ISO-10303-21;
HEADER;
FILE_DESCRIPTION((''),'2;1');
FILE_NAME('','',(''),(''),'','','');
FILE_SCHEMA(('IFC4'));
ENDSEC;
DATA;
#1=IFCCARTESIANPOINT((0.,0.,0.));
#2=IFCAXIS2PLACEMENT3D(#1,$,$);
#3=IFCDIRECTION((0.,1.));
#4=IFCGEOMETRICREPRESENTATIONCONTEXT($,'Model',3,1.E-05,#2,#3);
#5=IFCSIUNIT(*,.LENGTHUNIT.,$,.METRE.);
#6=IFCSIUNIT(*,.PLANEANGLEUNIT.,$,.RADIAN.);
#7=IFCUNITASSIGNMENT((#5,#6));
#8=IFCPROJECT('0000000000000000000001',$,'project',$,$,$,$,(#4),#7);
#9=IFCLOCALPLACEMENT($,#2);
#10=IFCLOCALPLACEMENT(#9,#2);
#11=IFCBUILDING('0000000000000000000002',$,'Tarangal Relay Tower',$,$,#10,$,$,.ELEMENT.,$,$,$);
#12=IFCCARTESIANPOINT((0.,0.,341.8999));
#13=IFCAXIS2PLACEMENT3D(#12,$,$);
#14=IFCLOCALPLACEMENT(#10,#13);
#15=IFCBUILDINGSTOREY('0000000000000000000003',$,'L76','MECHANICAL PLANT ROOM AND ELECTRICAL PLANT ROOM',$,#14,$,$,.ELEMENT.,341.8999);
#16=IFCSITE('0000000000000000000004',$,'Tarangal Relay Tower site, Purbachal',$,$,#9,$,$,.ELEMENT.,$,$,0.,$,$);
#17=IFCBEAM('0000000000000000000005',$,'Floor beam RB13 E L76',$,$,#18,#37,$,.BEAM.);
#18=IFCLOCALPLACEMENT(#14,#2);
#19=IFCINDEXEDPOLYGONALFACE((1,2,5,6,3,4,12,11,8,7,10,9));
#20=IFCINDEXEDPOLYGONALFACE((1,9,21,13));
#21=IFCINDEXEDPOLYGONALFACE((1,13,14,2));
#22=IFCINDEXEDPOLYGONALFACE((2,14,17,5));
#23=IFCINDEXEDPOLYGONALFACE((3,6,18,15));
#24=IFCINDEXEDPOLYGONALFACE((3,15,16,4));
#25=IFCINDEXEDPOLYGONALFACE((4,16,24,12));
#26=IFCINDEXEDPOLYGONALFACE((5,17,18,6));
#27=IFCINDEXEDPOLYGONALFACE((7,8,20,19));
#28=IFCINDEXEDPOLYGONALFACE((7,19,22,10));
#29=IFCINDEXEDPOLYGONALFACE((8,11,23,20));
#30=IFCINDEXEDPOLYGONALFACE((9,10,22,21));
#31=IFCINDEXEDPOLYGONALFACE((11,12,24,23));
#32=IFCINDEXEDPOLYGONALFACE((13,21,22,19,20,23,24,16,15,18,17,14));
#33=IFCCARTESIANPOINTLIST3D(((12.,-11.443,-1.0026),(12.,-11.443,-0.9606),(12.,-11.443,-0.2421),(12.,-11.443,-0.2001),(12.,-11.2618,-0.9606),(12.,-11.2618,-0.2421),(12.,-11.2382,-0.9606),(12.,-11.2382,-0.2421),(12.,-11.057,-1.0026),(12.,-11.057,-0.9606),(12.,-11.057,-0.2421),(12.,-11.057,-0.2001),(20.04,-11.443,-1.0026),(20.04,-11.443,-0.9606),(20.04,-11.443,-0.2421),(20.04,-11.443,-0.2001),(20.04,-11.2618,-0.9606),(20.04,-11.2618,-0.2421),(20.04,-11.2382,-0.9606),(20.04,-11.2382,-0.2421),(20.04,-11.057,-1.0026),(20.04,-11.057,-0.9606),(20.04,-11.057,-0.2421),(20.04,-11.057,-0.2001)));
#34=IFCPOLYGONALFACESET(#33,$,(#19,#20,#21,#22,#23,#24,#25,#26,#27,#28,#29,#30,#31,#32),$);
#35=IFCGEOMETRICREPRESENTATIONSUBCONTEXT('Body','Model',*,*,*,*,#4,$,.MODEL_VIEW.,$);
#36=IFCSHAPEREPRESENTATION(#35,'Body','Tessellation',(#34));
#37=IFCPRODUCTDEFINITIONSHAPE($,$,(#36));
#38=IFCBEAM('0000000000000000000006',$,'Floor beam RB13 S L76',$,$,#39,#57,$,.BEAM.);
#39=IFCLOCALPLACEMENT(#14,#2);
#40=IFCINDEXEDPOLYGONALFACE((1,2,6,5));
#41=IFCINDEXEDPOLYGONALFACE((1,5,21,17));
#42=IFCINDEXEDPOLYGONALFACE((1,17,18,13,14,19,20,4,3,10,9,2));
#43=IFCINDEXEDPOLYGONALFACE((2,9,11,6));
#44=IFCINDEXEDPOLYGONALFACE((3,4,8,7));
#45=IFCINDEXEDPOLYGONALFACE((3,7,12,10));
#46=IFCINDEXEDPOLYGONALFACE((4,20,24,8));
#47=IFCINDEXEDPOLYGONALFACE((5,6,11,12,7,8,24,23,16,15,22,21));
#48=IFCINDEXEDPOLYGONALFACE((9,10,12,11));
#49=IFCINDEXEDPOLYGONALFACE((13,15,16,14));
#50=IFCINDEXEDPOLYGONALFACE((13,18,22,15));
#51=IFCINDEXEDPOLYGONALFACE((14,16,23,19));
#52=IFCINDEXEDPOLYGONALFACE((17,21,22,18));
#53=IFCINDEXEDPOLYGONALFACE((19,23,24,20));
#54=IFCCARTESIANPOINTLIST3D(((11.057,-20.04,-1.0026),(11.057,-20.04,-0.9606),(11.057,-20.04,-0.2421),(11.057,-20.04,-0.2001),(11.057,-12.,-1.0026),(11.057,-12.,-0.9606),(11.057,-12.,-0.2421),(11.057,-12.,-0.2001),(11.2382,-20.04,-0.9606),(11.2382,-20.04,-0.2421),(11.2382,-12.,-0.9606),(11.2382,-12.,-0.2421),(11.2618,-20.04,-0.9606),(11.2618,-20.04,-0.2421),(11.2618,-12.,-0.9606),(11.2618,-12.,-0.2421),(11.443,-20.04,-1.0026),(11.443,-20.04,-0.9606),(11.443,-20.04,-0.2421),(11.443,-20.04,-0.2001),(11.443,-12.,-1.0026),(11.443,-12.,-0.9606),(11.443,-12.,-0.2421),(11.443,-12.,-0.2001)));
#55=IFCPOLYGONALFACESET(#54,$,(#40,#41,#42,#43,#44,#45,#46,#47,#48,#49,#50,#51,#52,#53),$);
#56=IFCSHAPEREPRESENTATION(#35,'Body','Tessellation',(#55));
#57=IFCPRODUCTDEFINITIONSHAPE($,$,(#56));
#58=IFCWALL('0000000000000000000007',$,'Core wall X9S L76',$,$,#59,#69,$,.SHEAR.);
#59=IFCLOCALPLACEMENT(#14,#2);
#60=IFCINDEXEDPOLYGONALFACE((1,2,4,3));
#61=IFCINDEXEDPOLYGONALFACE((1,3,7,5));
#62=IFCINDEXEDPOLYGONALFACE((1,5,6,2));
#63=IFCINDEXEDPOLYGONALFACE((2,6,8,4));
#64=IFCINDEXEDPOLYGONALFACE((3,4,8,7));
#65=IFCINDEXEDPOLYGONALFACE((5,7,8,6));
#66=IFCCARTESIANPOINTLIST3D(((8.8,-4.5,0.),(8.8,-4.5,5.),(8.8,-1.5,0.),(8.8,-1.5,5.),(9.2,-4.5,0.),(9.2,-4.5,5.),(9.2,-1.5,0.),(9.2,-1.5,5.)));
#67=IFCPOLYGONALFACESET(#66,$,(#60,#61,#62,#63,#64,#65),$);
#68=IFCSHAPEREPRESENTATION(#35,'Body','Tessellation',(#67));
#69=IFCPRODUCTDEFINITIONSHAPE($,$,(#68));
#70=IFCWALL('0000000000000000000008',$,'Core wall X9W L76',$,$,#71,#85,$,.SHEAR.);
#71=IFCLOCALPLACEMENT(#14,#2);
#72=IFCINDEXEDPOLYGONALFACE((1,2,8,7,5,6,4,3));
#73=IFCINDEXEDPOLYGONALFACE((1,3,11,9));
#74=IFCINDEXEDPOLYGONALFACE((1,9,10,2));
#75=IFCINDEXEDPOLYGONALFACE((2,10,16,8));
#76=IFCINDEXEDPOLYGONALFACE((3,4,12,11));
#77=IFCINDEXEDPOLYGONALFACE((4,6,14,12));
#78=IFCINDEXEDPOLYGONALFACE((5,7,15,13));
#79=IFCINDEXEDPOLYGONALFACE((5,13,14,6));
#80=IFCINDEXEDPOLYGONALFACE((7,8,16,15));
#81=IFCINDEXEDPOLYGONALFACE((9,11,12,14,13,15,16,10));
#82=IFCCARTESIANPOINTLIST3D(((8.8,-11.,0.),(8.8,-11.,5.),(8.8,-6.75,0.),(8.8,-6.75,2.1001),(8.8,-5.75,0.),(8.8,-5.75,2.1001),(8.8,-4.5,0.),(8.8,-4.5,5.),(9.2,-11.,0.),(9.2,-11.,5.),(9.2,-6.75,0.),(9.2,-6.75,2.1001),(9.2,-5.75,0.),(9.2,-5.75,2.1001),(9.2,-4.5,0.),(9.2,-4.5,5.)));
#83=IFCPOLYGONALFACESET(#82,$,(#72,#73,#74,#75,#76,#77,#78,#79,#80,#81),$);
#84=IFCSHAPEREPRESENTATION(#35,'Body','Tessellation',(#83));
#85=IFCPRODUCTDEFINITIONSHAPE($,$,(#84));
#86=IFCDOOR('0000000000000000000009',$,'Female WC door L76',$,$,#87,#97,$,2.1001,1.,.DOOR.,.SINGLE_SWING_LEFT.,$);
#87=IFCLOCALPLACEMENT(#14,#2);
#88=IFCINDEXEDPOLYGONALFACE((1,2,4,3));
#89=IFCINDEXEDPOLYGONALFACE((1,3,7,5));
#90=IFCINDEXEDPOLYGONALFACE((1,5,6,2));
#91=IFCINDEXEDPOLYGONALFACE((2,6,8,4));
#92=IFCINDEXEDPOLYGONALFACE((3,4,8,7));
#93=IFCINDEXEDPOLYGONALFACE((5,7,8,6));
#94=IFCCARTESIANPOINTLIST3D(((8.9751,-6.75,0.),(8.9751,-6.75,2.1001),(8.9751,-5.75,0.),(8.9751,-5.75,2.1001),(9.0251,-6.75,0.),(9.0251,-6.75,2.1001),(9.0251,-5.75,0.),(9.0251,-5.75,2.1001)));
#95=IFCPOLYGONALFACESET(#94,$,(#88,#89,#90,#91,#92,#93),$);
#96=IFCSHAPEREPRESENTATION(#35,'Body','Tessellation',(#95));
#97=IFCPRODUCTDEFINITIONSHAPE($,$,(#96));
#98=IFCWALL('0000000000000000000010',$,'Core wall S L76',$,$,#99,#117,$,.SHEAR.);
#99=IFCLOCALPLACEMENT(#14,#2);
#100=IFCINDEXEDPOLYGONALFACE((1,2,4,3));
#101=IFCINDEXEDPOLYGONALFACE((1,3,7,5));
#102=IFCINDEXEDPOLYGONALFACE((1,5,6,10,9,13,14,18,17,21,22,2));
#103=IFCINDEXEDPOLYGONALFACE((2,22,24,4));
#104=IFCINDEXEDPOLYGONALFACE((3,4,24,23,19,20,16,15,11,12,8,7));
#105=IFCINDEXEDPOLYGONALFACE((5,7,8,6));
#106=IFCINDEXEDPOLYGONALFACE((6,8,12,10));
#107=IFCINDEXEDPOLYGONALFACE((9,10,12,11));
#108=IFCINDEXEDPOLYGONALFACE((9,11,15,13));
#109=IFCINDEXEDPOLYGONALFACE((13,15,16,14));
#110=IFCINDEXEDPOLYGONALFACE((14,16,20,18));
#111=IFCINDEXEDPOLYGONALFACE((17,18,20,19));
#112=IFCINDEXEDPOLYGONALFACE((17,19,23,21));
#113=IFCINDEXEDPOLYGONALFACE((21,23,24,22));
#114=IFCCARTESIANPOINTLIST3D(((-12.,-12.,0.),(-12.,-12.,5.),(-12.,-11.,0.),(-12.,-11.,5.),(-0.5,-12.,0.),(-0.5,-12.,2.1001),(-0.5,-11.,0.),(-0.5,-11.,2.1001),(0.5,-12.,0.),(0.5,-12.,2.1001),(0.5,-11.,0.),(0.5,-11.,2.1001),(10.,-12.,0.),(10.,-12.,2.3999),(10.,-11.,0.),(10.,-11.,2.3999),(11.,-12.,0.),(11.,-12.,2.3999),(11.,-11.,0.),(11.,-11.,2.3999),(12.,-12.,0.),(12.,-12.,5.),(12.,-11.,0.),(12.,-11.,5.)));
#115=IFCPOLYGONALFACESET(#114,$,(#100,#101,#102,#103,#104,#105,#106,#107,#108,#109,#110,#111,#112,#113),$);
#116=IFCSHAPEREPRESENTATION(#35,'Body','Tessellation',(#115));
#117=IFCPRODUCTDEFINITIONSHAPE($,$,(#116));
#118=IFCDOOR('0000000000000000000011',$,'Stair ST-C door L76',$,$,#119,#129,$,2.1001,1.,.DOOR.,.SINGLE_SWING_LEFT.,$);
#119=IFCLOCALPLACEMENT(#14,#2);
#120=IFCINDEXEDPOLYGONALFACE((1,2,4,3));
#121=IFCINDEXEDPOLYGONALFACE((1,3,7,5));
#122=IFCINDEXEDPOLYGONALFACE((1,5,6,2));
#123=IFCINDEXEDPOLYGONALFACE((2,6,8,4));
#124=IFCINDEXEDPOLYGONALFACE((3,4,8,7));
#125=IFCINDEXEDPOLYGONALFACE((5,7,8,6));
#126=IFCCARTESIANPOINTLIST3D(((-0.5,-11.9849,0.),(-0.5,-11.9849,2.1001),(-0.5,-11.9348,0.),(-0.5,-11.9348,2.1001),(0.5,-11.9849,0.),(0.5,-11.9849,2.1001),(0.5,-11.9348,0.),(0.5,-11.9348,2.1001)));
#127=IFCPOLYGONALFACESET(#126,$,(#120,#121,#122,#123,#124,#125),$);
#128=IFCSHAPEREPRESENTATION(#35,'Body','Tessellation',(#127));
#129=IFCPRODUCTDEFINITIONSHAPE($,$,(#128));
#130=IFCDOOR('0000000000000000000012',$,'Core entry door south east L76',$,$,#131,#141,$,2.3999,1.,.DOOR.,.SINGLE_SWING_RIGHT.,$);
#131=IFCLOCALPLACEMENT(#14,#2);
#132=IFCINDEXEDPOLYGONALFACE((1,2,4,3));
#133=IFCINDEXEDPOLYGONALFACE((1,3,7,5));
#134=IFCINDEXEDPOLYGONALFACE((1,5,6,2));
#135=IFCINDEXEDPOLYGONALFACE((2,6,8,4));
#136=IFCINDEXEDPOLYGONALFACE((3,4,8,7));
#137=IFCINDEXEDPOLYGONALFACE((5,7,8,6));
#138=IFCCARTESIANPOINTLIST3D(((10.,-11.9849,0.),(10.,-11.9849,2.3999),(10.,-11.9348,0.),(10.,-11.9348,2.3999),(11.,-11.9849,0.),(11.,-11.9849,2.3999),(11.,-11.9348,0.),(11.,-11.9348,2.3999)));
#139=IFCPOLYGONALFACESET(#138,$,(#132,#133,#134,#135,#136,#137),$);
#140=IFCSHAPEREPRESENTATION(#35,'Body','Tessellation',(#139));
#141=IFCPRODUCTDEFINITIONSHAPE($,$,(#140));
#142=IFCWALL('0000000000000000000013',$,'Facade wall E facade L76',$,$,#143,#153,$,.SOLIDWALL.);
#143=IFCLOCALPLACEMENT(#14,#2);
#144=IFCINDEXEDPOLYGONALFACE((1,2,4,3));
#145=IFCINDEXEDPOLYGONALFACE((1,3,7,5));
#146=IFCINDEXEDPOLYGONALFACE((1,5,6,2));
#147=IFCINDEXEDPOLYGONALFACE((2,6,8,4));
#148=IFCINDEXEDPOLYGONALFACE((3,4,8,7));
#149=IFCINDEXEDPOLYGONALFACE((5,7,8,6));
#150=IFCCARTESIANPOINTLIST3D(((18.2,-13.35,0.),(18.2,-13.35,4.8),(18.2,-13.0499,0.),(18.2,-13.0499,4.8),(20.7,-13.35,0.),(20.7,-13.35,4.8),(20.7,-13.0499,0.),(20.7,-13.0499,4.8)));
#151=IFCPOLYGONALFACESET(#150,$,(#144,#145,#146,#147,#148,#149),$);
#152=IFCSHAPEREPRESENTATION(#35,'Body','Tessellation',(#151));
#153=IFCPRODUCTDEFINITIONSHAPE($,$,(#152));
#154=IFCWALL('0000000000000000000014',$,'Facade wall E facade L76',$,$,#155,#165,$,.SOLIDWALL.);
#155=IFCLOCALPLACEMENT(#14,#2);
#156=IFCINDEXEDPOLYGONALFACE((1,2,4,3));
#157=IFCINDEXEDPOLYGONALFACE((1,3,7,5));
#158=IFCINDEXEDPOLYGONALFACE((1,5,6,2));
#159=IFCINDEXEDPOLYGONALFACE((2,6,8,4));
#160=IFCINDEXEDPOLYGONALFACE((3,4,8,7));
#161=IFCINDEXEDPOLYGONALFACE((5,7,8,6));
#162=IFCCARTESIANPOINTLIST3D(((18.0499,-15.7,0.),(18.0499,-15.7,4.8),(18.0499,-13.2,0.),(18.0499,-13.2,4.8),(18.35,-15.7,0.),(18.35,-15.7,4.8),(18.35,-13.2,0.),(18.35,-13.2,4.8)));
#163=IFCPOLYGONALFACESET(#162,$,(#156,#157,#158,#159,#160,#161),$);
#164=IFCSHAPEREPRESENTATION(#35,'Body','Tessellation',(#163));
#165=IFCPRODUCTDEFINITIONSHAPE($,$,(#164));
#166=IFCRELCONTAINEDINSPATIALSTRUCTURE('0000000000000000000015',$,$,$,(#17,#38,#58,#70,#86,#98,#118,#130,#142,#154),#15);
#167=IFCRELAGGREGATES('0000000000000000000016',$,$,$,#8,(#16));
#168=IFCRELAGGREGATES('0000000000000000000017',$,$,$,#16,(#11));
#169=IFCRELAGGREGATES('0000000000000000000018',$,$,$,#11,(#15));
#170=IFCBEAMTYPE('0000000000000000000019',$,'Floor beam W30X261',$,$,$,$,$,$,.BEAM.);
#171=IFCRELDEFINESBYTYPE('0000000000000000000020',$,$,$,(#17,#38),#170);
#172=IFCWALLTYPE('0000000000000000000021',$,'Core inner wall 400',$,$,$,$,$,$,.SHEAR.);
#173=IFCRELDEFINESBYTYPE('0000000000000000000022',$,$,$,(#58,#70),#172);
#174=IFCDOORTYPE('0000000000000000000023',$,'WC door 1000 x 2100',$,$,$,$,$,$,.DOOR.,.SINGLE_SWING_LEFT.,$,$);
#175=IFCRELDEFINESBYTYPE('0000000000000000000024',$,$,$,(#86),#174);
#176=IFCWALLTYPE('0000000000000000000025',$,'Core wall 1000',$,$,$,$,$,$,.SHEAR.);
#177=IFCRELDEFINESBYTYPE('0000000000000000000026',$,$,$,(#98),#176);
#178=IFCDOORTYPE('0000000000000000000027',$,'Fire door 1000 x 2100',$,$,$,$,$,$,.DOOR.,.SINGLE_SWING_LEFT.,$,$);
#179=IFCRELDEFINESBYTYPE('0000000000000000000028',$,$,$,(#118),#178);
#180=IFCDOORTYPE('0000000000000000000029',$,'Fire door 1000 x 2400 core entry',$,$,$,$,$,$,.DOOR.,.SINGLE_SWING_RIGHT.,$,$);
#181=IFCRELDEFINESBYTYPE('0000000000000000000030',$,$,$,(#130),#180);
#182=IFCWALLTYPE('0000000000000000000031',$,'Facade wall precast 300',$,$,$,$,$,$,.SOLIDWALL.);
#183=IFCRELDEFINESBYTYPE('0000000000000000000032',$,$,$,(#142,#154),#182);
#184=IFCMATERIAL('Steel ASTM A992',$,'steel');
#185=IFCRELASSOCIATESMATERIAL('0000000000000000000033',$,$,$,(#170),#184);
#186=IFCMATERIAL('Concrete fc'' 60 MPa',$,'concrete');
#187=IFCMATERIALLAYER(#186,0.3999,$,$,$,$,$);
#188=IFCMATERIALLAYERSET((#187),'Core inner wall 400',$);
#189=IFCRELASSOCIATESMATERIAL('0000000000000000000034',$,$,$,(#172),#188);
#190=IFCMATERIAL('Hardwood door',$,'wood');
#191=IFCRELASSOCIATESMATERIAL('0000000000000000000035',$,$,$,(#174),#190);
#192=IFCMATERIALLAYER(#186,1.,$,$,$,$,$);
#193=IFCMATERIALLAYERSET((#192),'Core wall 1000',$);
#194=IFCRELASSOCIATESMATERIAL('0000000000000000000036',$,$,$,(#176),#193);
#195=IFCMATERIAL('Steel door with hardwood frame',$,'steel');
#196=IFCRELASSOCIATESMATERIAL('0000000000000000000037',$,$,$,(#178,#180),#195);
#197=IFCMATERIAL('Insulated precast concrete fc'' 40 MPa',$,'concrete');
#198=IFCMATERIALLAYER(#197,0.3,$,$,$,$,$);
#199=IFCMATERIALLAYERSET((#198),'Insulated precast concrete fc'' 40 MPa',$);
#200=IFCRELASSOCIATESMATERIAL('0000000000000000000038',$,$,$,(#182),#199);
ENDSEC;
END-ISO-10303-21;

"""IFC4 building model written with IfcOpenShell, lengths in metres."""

from ifc_helpers import new_model, si_unit, direction, frame, frame_2d, origin, origin_2d, place, context, subcontext, project, spatial, rectangle, i_section, extrude, material, layer, layer_set, material_profile, profile_set, type_object, element, fill, save


model = new_model("IFC4")

# Units and contexts
model_context = context("Model", 3, precision=1e-05, world=origin(), true_north=direction((0.0, 1.0)))
body_context = subcontext(model_context, "Body", "Model", "MODEL_VIEW")
ifc_project = project(units=[si_unit("LENGTHUNIT", "METRE"), si_unit("PLANEANGLEUNIT", "RADIAN")], contexts=[model_context])

# Site, building, storey
site_placement = place(None, origin())
site = spatial("IfcSite", under=ifc_project, at=site_placement, Name="Tarangal Relay Tower site, Purbachal", CompositionType="ELEMENT", RefElevation=0.0)
building_placement = place(site_placement, origin())
building = spatial("IfcBuilding", under=site, at=building_placement, Name="Tarangal Relay Tower", CompositionType="ELEMENT")
storey_placement = place(building_placement, frame((0.0, 0.0, 341.8999)))
storey = spatial("IfcBuildingStorey", under=building, at=storey_placement, Name="L76", Description="MECHANICAL PLANT ROOM AND ELECTRICAL PLANT ROOM", CompositionType="ELEMENT", Elevation=341.8999)

# Beams
ifc_material_1 = material(Name="Steel ASTM A992", Category="steel")
ifc_material_profile_1 = material_profile(ifc_material_1, i_section(OverallWidth=0.386, OverallDepth=0.8025, WebThickness=0.0237, FlangeThickness=0.042, at=origin_2d()), Name="W30X261")
ifc_profile_set_1 = profile_set([ifc_material_profile_1], Name="Steel ASTM A992")
beam_type_1 = type_object("IfcBeamType", Name="Floor beam W30X261", PredefinedType="BEAM", material=ifc_profile_set_1)
for number, where, z_axis, x_axis, name in (
    (1, (12.0, -11.25, -0.6013), (1.0, 0.0, 0.0), (0.0, 1.0, 0.0), "Floor beam RB13 E L76"),
    (2, (11.25, -12.0, -0.6013), (0.0, -1.0, 0.0), (1.0, 0.0, 0.0), "Floor beam RB13 S L76"),
):
    element("IfcBeam", number, at=place(storey_placement, frame(where, z_axis=z_axis, x_axis=x_axis)), inside=storey, type_object=beam_type_1, Name=name, PredefinedType="BEAM", context=body_context, shape_type="SweptSolid", body=[
        extrude(i_section(OverallWidth=0.386, OverallDepth=0.8025, WebThickness=0.0237, FlangeThickness=0.042, at=origin_2d()), origin(), (0.0, 0.0, 1.0), 8.04),
    ])

# Wall
ifc_material_2 = material(Name="Concrete fc' 60 MPa", Category="concrete")
ifc_layer_1 = layer(ifc_material_2, 0.3999)
ifc_layer_set_1 = layer_set([ifc_layer_1], Name="Core inner wall 400")
wall_type_1 = type_object("IfcWallType", Name="Core inner wall 400", PredefinedType="SHEAR", material=ifc_layer_set_1)
wall_1_placement = place(storey_placement, frame((9.0, -4.5, 0.0), z_axis=(0.0, 0.0, 1.0), x_axis=(0.0, 1.0, 0.0)))
element("IfcWall", 3, at=wall_1_placement, inside=storey, type_object=wall_type_1, Name="Core wall X9S L76", PredefinedType="SHEAR", context=body_context, shape_type="SweptSolid", body=[
    extrude(rectangle(XDim=3.0, YDim=0.3999, at=frame_2d((1.5, 0.0))), origin(), (0.0, 0.0, 1.0), 5.0),
])

# Wall, opening, door
wall_2_placement = place(storey_placement, frame((9.0, -11.0, 0.0), z_axis=(0.0, 0.0, 1.0), x_axis=(0.0, 1.0, 0.0)))
wall_2 = element("IfcWall", 4, at=wall_2_placement, inside=storey, type_object=wall_type_1, Name="Core wall X9W L76", PredefinedType="SHEAR", context=body_context, shape_type="SweptSolid", body=[
    extrude(rectangle(XDim=6.5, YDim=0.3999, at=frame_2d((3.25, 0.0))), origin(), (0.0, 0.0, 1.0), 5.0),
])
opening_1_placement = place(wall_2_placement, frame((4.25, 0.0, 0.0)))
opening_1 = element("IfcOpeningElement", 5, at=opening_1_placement, cuts=wall_2, PredefinedType="OPENING", context=body_context, shape_type="SweptSolid", body=[
    extrude(rectangle(XDim=1.0, YDim=2.1001, at=frame_2d((0.5, 1.05))), frame((0.0, 0.21, 0.0), z_axis=(0.0, -1.0, 0.0), x_axis=(1.0, 0.0, 0.0)), (0.0, 0.0, 1.0), 0.4199),
])
ifc_material_3 = material(Name="Hardwood door", Category="wood")
door_type_1 = type_object("IfcDoorType", Name="WC door 1000 x 2100", OperationType="SINGLE_SWING_LEFT", PredefinedType="DOOR", material=ifc_material_3)
door_1_placement = place(opening_1_placement, origin())
door_1 = element("IfcDoor", 6, at=door_1_placement, inside=storey, type_object=door_type_1, Name="Female WC door L76", OperationType="SINGLE_SWING_LEFT", OverallHeight=2.1001, OverallWidth=1.0, PredefinedType="DOOR", context=body_context, shape_type="SweptSolid", body=[
    extrude(rectangle(XDim=1.0, YDim=2.1001, at=frame_2d((0.5, 1.05))), frame((0.0, 0.0249, 0.0), z_axis=(0.0, -1.0, 0.0), x_axis=(1.0, 0.0, 0.0)), (0.0, 0.0, 1.0), 0.05),
])
fill(opening_1, door_1)

# Wall, openings, doors
ifc_layer_2 = layer(ifc_material_2, 1.0)
ifc_layer_set_2 = layer_set([ifc_layer_2], Name="Core wall 1000")
wall_type_2 = type_object("IfcWallType", Name="Core wall 1000", PredefinedType="SHEAR", material=ifc_layer_set_2)
wall_3_placement = place(storey_placement, frame((12.0, -11.5, 0.0), z_axis=(0.0, 0.0, 1.0), x_axis=(-1.0, 0.0, 0.0)))
wall_3 = element("IfcWall", 7, at=wall_3_placement, inside=storey, type_object=wall_type_2, Name="Core wall S L76", PredefinedType="SHEAR", context=body_context, shape_type="SweptSolid", body=[
    extrude(rectangle(XDim=24.0, YDim=1.0, at=frame_2d((12.0, 0.0))), origin(), (0.0, 0.0, 1.0), 5.0),
])
opening_2_placement = place(wall_3_placement, frame((11.5, 0.0, 0.0)))
opening_2 = element("IfcOpeningElement", 8, at=opening_2_placement, cuts=wall_3, PredefinedType="OPENING", context=body_context, shape_type="SweptSolid", body=[
    extrude(rectangle(XDim=1.0, YDim=2.1001, at=frame_2d((0.5, 1.05))), frame((0.0, 0.51, 0.0), z_axis=(0.0, -1.0, 0.0), x_axis=(1.0, 0.0, 0.0)), (0.0, 0.0, 1.0), 1.02),
])
opening_3_placement = place(wall_3_placement, frame((1.0, 0.0, 0.0)))
opening_3 = element("IfcOpeningElement", 9, at=opening_3_placement, cuts=wall_3, PredefinedType="OPENING", context=body_context, shape_type="SweptSolid", body=[
    extrude(rectangle(XDim=1.0, YDim=2.3999, at=frame_2d((0.5, 1.2))), frame((0.0, 0.51, 0.0), z_axis=(0.0, -1.0, 0.0), x_axis=(1.0, 0.0, 0.0)), (0.0, 0.0, 1.0), 1.02),
])
ifc_material_4 = material(Name="Steel door with hardwood frame", Category="steel")
door_type_2 = type_object("IfcDoorType", Name="Fire door 1000 x 2100", OperationType="SINGLE_SWING_LEFT", PredefinedType="DOOR", material=ifc_material_4)
door_2_placement = place(opening_2_placement, origin())
door_2 = element("IfcDoor", 10, at=door_2_placement, inside=storey, type_object=door_type_2, Name="Stair ST-C door L76", OperationType="SINGLE_SWING_LEFT", OverallHeight=2.1001, OverallWidth=1.0, PredefinedType="DOOR", context=body_context, shape_type="SweptSolid", body=[
    extrude(rectangle(XDim=1.0, YDim=2.1001, at=frame_2d((0.5, 1.05))), frame((0.0, 0.4849, 0.0), z_axis=(0.0, -1.0, 0.0), x_axis=(1.0, 0.0, 0.0)), (0.0, 0.0, 1.0), 0.05),
])
fill(opening_2, door_2)
door_type_3 = type_object("IfcDoorType", Name="Fire door 1000 x 2400 core entry", OperationType="SINGLE_SWING_RIGHT", PredefinedType="DOOR", material=ifc_material_4)
door_3_placement = place(opening_3_placement, origin())
door_3 = element("IfcDoor", 11, at=door_3_placement, inside=storey, type_object=door_type_3, Name="Core entry door south east L76", OperationType="SINGLE_SWING_RIGHT", OverallHeight=2.3999, OverallWidth=1.0, PredefinedType="DOOR", context=body_context, shape_type="SweptSolid", body=[
    extrude(rectangle(XDim=1.0, YDim=2.3999, at=frame_2d((0.5, 1.2))), frame((0.0, 0.4849, 0.0), z_axis=(0.0, -1.0, 0.0), x_axis=(1.0, 0.0, 0.0)), (0.0, 0.0, 1.0), 0.05),
])
fill(opening_3, door_3)

# Walls
ifc_material_5 = material(Name="Insulated precast concrete fc' 40 MPa", Category="concrete")
ifc_layer_3 = layer(ifc_material_5, 0.3)
ifc_layer_set_3 = layer_set([ifc_layer_3], Name="Insulated precast concrete fc' 40 MPa")
wall_type_3 = type_object("IfcWallType", Name="Facade wall precast 300", PredefinedType="SOLIDWALL", material=ifc_layer_set_3)
for number, where, z_axis, x_axis, name in (
    (12, (20.7, -13.2, 0.0), (0.0, 0.0, 1.0), (-1.0, 0.0, 0.0), "Facade wall E facade L76"),
    (13, (18.2, -13.2, 0.0), (0.0, 0.0, 1.0), (0.0, -1.0, 0.0), "Facade wall E facade L76"),
):
    element("IfcWall", number, at=place(storey_placement, frame(where, z_axis=z_axis, x_axis=x_axis)), inside=storey, type_object=wall_type_3, Name=name, PredefinedType="SOLIDWALL", context=body_context, shape_type="SweptSolid", body=[
        extrude(rectangle(XDim=2.5, YDim=0.3, at=frame_2d((1.25, 0.0))), origin(), (0.0, 0.0, 1.0), 4.8),
    ])

save(model, "model.ifc")
